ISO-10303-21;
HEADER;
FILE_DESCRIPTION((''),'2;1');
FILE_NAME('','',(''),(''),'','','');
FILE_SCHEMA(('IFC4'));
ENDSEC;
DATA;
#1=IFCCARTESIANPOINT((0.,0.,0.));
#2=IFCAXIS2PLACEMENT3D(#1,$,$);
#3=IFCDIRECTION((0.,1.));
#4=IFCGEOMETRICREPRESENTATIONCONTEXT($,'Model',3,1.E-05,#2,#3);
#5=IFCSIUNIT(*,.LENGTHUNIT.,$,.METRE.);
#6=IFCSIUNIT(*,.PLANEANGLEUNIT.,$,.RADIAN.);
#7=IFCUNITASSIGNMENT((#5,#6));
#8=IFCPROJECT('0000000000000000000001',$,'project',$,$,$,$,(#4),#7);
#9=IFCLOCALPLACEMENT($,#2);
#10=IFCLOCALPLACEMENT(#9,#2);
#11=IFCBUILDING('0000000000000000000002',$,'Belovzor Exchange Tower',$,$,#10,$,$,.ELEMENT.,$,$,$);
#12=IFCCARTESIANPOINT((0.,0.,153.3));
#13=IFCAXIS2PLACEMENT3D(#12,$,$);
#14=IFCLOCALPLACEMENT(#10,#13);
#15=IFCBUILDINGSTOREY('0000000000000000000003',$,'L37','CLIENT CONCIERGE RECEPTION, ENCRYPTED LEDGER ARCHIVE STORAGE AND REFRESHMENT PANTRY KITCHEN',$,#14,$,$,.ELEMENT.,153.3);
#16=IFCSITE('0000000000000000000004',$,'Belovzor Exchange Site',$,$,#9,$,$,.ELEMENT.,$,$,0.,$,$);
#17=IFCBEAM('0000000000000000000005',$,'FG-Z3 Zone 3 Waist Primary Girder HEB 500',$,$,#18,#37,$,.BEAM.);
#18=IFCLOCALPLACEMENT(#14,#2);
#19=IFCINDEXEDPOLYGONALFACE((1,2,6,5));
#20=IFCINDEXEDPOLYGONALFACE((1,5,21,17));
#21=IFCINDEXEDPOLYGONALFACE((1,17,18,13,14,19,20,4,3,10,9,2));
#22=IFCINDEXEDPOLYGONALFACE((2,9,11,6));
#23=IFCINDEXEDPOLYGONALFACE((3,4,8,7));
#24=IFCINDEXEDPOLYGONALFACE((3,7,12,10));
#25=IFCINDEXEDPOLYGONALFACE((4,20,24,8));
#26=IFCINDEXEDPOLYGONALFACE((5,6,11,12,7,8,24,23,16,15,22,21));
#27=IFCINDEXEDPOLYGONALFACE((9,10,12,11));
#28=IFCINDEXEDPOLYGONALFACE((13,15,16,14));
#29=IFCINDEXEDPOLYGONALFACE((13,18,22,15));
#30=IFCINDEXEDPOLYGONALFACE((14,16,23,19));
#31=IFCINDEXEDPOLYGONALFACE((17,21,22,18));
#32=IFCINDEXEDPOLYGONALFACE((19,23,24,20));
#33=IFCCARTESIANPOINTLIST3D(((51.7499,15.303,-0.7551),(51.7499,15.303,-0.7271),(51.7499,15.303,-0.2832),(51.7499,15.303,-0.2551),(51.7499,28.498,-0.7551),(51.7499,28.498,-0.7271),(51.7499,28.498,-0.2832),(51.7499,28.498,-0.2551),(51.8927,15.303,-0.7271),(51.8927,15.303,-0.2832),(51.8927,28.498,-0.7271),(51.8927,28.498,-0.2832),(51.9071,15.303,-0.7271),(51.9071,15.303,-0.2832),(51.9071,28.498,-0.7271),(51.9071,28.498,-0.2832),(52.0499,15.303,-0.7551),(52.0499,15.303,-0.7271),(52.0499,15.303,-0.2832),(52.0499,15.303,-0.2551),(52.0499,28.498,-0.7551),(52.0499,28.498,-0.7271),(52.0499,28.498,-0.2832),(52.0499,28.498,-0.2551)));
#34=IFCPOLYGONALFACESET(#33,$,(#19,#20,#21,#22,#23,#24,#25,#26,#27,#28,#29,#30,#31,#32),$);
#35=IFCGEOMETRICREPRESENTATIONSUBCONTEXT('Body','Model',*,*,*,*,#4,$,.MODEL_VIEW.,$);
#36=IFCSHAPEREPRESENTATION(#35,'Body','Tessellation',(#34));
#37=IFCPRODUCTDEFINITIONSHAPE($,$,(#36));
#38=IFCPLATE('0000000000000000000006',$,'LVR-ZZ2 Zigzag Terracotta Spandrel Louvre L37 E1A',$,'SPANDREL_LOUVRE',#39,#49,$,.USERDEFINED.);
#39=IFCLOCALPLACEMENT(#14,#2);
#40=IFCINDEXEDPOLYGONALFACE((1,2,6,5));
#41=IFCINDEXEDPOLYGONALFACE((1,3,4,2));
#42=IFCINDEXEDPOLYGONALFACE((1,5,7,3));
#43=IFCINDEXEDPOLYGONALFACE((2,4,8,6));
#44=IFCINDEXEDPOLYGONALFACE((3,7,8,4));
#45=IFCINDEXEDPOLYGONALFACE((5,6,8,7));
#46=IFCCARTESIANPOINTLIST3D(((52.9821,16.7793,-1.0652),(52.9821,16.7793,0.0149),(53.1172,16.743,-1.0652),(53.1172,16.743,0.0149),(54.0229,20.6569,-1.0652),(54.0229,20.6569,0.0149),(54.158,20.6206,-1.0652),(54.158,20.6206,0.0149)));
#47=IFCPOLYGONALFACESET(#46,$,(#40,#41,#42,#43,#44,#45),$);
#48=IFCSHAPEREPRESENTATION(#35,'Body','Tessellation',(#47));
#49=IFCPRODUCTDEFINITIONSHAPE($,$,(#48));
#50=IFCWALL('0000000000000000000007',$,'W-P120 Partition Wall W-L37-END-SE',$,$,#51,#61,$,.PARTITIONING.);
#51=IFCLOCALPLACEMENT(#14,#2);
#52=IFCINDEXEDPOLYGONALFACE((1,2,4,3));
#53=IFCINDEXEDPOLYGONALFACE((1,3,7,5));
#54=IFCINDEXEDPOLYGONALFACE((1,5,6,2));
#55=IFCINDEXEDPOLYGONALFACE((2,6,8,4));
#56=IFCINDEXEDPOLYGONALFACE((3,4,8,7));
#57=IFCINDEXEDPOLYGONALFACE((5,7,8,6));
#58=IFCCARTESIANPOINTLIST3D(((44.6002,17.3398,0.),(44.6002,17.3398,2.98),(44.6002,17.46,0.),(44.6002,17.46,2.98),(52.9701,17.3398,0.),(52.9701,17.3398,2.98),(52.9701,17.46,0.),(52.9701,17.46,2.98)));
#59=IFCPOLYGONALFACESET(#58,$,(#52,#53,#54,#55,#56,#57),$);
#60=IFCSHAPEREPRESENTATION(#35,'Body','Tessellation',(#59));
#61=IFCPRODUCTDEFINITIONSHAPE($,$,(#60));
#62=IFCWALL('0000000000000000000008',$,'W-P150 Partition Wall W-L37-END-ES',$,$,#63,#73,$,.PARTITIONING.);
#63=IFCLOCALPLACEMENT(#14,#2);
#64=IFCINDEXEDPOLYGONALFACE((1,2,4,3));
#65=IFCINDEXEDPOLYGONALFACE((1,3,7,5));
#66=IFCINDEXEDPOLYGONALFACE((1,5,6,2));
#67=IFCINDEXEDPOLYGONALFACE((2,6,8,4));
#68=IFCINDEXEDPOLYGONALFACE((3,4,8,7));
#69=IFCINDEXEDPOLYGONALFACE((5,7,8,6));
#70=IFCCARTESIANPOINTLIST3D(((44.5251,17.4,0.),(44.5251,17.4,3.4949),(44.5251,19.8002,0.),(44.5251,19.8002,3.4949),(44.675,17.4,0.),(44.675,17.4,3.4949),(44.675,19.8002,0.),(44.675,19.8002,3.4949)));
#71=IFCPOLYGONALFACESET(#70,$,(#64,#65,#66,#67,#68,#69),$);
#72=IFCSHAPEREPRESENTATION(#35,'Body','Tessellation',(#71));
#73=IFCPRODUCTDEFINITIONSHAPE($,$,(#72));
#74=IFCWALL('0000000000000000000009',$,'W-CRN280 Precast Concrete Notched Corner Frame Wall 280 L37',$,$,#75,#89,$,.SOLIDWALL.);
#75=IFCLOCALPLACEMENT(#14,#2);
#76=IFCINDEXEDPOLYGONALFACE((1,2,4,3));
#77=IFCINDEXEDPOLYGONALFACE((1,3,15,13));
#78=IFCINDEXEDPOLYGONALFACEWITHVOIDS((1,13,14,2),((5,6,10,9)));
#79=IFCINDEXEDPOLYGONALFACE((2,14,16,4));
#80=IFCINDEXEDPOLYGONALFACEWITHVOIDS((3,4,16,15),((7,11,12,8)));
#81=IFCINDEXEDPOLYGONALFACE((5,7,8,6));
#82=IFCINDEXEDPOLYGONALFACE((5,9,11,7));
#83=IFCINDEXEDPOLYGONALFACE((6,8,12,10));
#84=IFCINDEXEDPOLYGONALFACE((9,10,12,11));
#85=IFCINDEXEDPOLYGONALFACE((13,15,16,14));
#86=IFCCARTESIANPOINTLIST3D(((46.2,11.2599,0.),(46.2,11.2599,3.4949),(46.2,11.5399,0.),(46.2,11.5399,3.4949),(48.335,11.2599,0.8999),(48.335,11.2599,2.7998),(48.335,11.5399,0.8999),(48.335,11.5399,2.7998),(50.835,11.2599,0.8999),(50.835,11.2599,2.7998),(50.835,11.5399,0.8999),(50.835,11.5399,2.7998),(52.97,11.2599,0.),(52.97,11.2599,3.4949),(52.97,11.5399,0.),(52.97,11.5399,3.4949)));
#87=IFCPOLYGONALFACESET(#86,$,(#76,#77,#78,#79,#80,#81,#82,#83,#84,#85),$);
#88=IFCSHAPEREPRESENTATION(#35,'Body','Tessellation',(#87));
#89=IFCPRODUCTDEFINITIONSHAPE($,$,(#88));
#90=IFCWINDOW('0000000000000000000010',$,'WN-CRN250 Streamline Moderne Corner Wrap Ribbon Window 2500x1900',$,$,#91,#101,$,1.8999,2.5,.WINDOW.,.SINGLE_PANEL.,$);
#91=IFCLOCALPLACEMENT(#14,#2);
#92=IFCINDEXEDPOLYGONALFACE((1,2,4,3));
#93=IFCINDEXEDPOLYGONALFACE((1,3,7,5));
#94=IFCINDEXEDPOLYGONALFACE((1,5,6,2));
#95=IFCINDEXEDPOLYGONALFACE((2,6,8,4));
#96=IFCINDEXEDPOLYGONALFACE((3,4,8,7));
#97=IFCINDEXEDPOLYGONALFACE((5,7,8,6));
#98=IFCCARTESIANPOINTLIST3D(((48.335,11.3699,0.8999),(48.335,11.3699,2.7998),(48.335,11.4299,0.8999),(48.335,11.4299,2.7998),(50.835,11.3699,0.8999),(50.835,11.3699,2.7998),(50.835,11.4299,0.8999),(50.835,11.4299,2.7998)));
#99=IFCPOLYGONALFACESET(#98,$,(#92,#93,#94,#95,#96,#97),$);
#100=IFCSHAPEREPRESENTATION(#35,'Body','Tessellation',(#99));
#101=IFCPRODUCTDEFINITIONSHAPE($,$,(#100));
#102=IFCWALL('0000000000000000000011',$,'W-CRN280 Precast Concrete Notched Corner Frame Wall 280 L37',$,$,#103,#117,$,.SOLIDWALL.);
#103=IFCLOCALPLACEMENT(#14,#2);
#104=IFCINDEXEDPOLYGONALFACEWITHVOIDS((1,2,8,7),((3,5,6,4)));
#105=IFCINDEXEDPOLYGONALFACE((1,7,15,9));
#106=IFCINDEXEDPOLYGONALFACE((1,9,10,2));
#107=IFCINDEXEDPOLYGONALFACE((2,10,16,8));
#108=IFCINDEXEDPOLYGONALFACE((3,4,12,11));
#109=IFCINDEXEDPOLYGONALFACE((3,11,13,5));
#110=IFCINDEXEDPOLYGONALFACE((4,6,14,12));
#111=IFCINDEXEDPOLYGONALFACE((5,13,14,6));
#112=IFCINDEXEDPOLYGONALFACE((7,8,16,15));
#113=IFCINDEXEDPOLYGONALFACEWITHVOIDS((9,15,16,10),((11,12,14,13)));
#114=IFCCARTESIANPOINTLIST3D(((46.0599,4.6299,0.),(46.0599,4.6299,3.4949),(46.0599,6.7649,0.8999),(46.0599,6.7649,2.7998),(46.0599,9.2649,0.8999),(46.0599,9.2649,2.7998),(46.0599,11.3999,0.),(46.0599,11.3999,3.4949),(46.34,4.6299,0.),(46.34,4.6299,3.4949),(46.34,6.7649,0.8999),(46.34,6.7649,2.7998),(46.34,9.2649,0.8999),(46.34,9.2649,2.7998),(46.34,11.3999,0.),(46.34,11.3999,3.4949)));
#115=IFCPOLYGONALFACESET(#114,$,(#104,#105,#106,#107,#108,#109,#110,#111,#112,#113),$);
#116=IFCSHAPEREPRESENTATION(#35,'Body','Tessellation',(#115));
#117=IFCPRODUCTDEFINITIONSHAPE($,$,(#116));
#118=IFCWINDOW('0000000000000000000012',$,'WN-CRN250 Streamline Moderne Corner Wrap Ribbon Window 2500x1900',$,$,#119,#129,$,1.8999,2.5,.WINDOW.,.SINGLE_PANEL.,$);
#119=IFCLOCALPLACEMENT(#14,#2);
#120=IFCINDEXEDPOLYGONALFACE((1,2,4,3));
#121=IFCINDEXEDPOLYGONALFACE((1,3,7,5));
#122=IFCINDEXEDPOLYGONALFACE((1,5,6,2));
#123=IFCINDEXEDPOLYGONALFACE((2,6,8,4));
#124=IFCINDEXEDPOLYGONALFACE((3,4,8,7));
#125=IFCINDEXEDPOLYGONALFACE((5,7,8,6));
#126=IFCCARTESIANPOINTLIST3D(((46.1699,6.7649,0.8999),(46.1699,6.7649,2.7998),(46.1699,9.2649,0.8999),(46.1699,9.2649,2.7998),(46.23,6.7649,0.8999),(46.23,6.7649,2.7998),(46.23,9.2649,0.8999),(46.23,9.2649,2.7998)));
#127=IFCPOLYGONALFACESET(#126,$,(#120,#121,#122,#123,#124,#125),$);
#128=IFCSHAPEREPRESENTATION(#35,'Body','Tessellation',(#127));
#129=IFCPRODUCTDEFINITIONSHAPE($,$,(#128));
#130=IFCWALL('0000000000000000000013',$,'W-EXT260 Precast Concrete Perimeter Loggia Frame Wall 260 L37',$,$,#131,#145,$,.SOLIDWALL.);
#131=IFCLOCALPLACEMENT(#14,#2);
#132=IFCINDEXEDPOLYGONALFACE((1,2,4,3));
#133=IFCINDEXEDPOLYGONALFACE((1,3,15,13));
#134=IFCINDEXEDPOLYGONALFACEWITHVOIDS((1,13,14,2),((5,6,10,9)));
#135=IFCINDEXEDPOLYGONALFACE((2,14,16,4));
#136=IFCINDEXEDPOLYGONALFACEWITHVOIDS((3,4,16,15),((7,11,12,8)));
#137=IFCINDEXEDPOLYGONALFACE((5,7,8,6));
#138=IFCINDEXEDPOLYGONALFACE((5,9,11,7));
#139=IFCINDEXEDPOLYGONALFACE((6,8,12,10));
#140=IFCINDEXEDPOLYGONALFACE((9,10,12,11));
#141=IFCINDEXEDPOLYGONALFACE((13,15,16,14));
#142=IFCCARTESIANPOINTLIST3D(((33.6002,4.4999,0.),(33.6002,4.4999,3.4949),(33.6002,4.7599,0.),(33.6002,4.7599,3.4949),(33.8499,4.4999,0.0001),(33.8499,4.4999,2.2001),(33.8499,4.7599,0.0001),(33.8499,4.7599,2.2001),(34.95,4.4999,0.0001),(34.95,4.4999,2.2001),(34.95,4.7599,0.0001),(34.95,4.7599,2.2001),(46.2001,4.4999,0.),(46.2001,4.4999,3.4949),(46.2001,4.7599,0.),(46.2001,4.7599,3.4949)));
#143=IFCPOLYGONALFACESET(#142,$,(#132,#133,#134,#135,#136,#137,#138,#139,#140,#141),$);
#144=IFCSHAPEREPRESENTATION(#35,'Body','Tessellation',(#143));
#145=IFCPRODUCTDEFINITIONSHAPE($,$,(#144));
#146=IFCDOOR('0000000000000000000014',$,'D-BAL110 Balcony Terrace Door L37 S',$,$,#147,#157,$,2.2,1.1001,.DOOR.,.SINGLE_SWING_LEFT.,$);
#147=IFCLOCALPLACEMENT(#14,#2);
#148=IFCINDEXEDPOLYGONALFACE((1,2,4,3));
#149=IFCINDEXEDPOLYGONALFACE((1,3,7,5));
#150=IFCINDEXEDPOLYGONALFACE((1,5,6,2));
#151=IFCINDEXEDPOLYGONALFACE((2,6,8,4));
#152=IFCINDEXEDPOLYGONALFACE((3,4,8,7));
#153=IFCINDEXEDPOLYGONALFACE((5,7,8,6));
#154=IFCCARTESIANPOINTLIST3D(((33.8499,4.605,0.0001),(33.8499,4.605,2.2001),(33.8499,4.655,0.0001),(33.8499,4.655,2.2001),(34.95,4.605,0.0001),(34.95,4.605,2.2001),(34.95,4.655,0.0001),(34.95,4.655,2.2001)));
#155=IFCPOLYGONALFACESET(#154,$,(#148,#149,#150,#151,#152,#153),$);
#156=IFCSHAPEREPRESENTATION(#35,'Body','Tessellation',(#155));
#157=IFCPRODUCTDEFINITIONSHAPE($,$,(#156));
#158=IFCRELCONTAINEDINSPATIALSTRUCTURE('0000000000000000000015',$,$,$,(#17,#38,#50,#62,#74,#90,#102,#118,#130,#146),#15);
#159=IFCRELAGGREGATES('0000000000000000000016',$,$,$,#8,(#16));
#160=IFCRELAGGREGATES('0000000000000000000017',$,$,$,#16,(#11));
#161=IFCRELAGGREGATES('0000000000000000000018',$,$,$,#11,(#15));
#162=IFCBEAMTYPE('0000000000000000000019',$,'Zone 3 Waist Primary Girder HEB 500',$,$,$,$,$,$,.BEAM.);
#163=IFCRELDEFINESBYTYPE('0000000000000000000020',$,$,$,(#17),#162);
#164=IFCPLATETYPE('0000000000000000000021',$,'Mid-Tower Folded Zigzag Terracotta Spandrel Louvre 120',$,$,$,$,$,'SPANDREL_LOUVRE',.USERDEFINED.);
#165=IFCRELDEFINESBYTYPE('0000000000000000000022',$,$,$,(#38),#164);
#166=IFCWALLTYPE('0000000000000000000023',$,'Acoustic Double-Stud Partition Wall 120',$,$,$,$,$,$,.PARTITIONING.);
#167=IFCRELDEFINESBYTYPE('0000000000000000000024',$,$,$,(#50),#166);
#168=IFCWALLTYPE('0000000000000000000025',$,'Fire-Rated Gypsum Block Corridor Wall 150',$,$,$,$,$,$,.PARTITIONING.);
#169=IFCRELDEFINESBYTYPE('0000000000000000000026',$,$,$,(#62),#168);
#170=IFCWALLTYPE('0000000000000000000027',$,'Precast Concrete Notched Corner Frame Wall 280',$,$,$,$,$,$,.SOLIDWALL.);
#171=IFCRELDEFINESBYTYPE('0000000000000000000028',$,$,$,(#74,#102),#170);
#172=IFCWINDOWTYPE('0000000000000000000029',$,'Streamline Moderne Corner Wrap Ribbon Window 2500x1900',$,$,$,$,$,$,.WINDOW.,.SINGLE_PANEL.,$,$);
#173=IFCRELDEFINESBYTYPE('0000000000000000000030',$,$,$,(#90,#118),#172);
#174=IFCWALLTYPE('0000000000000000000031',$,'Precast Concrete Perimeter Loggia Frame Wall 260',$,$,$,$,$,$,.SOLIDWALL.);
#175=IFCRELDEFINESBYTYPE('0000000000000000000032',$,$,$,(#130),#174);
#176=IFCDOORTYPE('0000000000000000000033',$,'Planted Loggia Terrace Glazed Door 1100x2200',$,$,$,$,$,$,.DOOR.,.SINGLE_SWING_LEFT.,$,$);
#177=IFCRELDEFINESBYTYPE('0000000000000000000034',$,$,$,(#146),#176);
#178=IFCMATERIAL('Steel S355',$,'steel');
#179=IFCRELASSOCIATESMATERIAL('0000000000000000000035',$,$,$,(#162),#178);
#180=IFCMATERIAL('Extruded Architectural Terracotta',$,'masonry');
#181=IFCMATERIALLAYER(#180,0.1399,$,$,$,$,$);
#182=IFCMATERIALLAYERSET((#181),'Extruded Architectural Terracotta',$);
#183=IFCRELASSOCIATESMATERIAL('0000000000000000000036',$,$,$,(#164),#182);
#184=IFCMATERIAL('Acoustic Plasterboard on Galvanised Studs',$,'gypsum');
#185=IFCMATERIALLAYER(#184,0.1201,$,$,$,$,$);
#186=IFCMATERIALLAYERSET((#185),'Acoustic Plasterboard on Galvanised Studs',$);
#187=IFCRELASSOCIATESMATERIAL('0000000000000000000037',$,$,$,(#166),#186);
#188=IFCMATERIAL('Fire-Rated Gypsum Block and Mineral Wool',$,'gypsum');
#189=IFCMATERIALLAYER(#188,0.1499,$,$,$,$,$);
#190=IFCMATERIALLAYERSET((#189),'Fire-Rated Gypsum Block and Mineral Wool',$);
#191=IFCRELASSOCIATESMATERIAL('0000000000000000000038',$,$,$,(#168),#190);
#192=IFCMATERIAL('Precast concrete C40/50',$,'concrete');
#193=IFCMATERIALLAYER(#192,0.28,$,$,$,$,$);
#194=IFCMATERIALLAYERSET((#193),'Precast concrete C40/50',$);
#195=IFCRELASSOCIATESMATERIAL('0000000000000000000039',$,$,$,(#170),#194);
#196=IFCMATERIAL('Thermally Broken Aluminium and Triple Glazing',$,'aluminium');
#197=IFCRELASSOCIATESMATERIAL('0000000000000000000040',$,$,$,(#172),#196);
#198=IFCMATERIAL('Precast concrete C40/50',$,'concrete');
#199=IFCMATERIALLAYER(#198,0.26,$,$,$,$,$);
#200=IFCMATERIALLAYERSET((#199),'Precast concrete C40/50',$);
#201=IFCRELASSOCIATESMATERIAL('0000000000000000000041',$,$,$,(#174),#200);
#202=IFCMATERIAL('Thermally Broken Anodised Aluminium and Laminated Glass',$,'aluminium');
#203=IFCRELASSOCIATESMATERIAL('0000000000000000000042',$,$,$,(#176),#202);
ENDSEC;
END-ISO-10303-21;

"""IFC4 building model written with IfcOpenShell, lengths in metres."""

from ifc_helpers import new_model, si_unit, direction, frame, frame_2d, origin, origin_2d, place, context, subcontext, project, spatial, rectangle, i_section, extrude, material, layer, layer_set, material_profile, profile_set, type_object, element, fill, save


model = new_model("IFC4")

# Units and contexts
model_context = context("Model", 3, precision=1e-05, world=origin(), true_north=direction((0.0, 1.0)))
body_context = subcontext(model_context, "Body", "Model", "MODEL_VIEW")
ifc_project = project(units=[si_unit("LENGTHUNIT", "METRE"), si_unit("PLANEANGLEUNIT", "RADIAN")], contexts=[model_context])

# Site, building, storey
site_placement = place(None, origin())
site = spatial("IfcSite", under=ifc_project, at=site_placement, Name="Belovzor Exchange Site", CompositionType="ELEMENT", RefElevation=0.0)
building_placement = place(site_placement, origin())
building = spatial("IfcBuilding", under=site, at=building_placement, Name="Belovzor Exchange Tower", CompositionType="ELEMENT")
storey_placement = place(building_placement, frame((0.0, 0.0, 153.3)))
storey = spatial("IfcBuildingStorey", under=building, at=storey_placement, Name="L37", Description="CLIENT CONCIERGE RECEPTION, ENCRYPTED LEDGER ARCHIVE STORAGE AND REFRESHMENT PANTRY KITCHEN", CompositionType="ELEMENT", Elevation=153.3)

# Beam
ifc_material_1 = material(Name="Steel S355", Category="steel")
ifc_material_profile_1 = material_profile(ifc_material_1, i_section(OverallWidth=0.3, OverallDepth=0.5, WebThickness=0.0144, FlangeThickness=0.0281, at=origin_2d()))
ifc_profile_set_1 = profile_set([ifc_material_profile_1], Name="Steel S355")
beam_type_1 = type_object("IfcBeamType", Name="Zone 3 Waist Primary Girder HEB 500", PredefinedType="BEAM", material=ifc_profile_set_1)
beam_1_placement = place(storey_placement, frame((51.8999, 15.303, -0.5051), z_axis=(0.0, 1.0, 0.0), x_axis=(-1.0, 0.0, 0.0)))
element("IfcBeam", 1, at=beam_1_placement, inside=storey, type_object=beam_type_1, Name="FG-Z3 Zone 3 Waist Primary Girder HEB 500", PredefinedType="BEAM", context=body_context, shape_type="SweptSolid", body=[
    extrude(i_section(OverallWidth=0.3, OverallDepth=0.5, WebThickness=0.0144, FlangeThickness=0.0281, at=origin_2d()), origin(), (0.0, 0.0, 1.0), 13.1951),
])

# Plate
ifc_material_2 = material(Name="Extruded Architectural Terracotta", Category="masonry")
ifc_layer_1 = layer(ifc_material_2, 0.1399)
ifc_layer_set_1 = layer_set([ifc_layer_1], Name="Extruded Architectural Terracotta")
plate_type = type_object("IfcPlateType", Name="Mid-Tower Folded Zigzag Terracotta Spandrel Louvre 120", ElementType="SPANDREL_LOUVRE", PredefinedType="USERDEFINED", material=ifc_layer_set_1)
plate_placement = place(storey_placement, frame((53.5701, 18.7, -1.0652), z_axis=(0.0, 0.0, 1.0), x_axis=(0.25924, 0.965813, 0.0)))
element("IfcPlate", 2, at=plate_placement, inside=storey, type_object=plate_type, Name="LVR-ZZ2 Zigzag Terracotta Spandrel Louvre L37 E1A", ObjectType="SPANDREL_LOUVRE", PredefinedType="USERDEFINED", context=body_context, shape_type="SweptSolid", body=[
    extrude(rectangle(XDim=4.0149, YDim=0.1399, at=origin_2d()), origin(), (0.0, 0.0, 1.0), 1.0801),
])

# Walls
ifc_material_3 = material(Name="Acoustic Plasterboard on Galvanised Studs", Category="gypsum")
ifc_layer_2 = layer(ifc_material_3, 0.1201)
ifc_layer_set_2 = layer_set([ifc_layer_2], Name="Acoustic Plasterboard on Galvanised Studs")
wall_type_1 = type_object("IfcWallType", Name="Acoustic Double-Stud Partition Wall 120", PredefinedType="PARTITIONING", material=ifc_layer_set_2)
wall_1_placement = place(storey_placement, frame((44.6001, 17.3999, 0.0), z_axis=(0.0, 0.0, 1.0), x_axis=(1.0, 0.0, 0.0)))
element("IfcWall", 3, at=wall_1_placement, inside=storey, type_object=wall_type_1, Name="W-P120 Partition Wall W-L37-END-SE", PredefinedType="PARTITIONING", context=body_context, shape_type="SweptSolid", body=[
    extrude(rectangle(XDim=8.3699, YDim=0.1201, at=frame_2d((4.1851, 0.0))), origin(), (0.0, 0.0, 1.0), 2.98),
])
ifc_material_4 = material(Name="Fire-Rated Gypsum Block and Mineral Wool", Category="gypsum")
ifc_layer_3 = layer(ifc_material_4, 0.1499)
ifc_layer_set_3 = layer_set([ifc_layer_3], Name="Fire-Rated Gypsum Block and Mineral Wool")
wall_type_2 = type_object("IfcWallType", Name="Fire-Rated Gypsum Block Corridor Wall 150", PredefinedType="PARTITIONING", material=ifc_layer_set_3)
wall_2_placement = place(storey_placement, frame((44.6001, 17.3999, 0.0), z_axis=(0.0, 0.0, 1.0), x_axis=(0.0, 1.0, 0.0)))
element("IfcWall", 4, at=wall_2_placement, inside=storey, type_object=wall_type_2, Name="W-P150 Partition Wall W-L37-END-ES", PredefinedType="PARTITIONING", context=body_context, shape_type="SweptSolid", body=[
    extrude(rectangle(XDim=2.4001, YDim=0.1499, at=frame_2d((1.2002, 0.0))), origin(), (0.0, 0.0, 1.0), 3.4949),
])

# Walls, openings, windows
ifc_material_5 = material(Name="Precast concrete C40/50", Category="concrete")
ifc_layer_4 = layer(ifc_material_5, 0.28)
ifc_layer_set_4 = layer_set([ifc_layer_4], Name="Precast concrete C40/50")
wall_type_3 = type_object("IfcWallType", Name="Precast Concrete Notched Corner Frame Wall 280", PredefinedType="SOLIDWALL", material=ifc_layer_set_4)
wall_3_placement = place(storey_placement, frame((52.97, 11.3999, 0.0), z_axis=(0.0, 0.0, 1.0), x_axis=(-1.0, 0.0, 0.0)))
wall_3 = element("IfcWall", 5, at=wall_3_placement, inside=storey, type_object=wall_type_3, Name="W-CRN280 Precast Concrete Notched Corner Frame Wall 280 L37", PredefinedType="SOLIDWALL", context=body_context, shape_type="SweptSolid", body=[
    extrude(rectangle(XDim=6.77, YDim=0.28, at=frame_2d((3.385, 0.0))), origin(), (0.0, 0.0, 1.0), 3.4949),
])
opening_1_placement = place(wall_3_placement, frame((2.135, 0.0, 0.8999)))
opening_1 = element("IfcOpeningElement", 6, at=opening_1_placement, cuts=wall_3, PredefinedType="OPENING", context=body_context, shape_type="SweptSolid", body=[
    extrude(rectangle(XDim=2.5, YDim=1.8999, at=frame_2d((1.25, 0.95))), frame((0.0, 0.1499, 0.0), z_axis=(0.0, -1.0, 0.0), x_axis=(1.0, 0.0, 0.0)), (0.0, 0.0, 1.0), 0.3),
])
ifc_material_6 = material(Name="Thermally Broken Aluminium and Triple Glazing", Category="aluminium")
window_type = type_object("IfcWindowType", Name="Streamline Moderne Corner Wrap Ribbon Window 2500x1900", PartitioningType="SINGLE_PANEL", PredefinedType="WINDOW", material=ifc_material_6)
window_1_placement = place(opening_1_placement, origin())
window_1 = element("IfcWindow", 7, at=window_1_placement, inside=storey, type_object=window_type, Name="WN-CRN250 Streamline Moderne Corner Wrap Ribbon Window 2500x1900", OverallHeight=1.8999, OverallWidth=2.5, PartitioningType="SINGLE_PANEL", PredefinedType="WINDOW", context=body_context, shape_type="SweptSolid", body=[
    extrude(rectangle(XDim=2.5, YDim=1.8999, at=frame_2d((1.25, 0.95))), frame((0.0, 0.03, 0.0), z_axis=(0.0, -1.0, 0.0), x_axis=(1.0, 0.0, 0.0)), (0.0, 0.0, 1.0), 0.0601),
])
fill(opening_1, window_1)
wall_4_placement = place(storey_placement, frame((46.2, 11.3999, 0.0), z_axis=(0.0, 0.0, 1.0), x_axis=(0.0, -1.0, 0.0)))
wall_4 = element("IfcWall", 8, at=wall_4_placement, inside=storey, type_object=wall_type_3, Name="W-CRN280 Precast Concrete Notched Corner Frame Wall 280 L37", PredefinedType="SOLIDWALL", context=body_context, shape_type="SweptSolid", body=[
    extrude(rectangle(XDim=6.77, YDim=0.28, at=frame_2d((3.385, 0.0))), origin(), (0.0, 0.0, 1.0), 3.4949),
])
opening_2_placement = place(wall_4_placement, frame((2.135, 0.0, 0.8999)))
opening_2 = element("IfcOpeningElement", 9, at=opening_2_placement, cuts=wall_4, PredefinedType="OPENING", context=body_context, shape_type="SweptSolid", body=[
    extrude(rectangle(XDim=2.5, YDim=1.8999, at=frame_2d((1.25, 0.95))), frame((0.0, 0.1499, 0.0), z_axis=(0.0, -1.0, 0.0), x_axis=(1.0, 0.0, 0.0)), (0.0, 0.0, 1.0), 0.3),
])
window_2_placement = place(opening_2_placement, origin())
window_2 = element("IfcWindow", 10, at=window_2_placement, inside=storey, type_object=window_type, Name="WN-CRN250 Streamline Moderne Corner Wrap Ribbon Window 2500x1900", OverallHeight=1.8999, OverallWidth=2.5, PartitioningType="SINGLE_PANEL", PredefinedType="WINDOW", context=body_context, shape_type="SweptSolid", body=[
    extrude(rectangle(XDim=2.5, YDim=1.8999, at=frame_2d((1.25, 0.95))), frame((0.0, 0.03, 0.0), z_axis=(0.0, -1.0, 0.0), x_axis=(1.0, 0.0, 0.0)), (0.0, 0.0, 1.0), 0.0601),
])
fill(opening_2, window_2)

# Wall, opening, door
ifc_material_7 = material(Name="Precast concrete C40/50", Category="concrete")
ifc_layer_5 = layer(ifc_material_7, 0.26)
ifc_layer_set_5 = layer_set([ifc_layer_5], Name="Precast concrete C40/50")
wall_type_4 = type_object("IfcWallType", Name="Precast Concrete Perimeter Loggia Frame Wall 260", PredefinedType="SOLIDWALL", material=ifc_layer_set_5)
wall_5_placement = place(storey_placement, frame((46.2, 4.6299, 0.0), z_axis=(0.0, 0.0, 1.0), x_axis=(-1.0, 0.0, 0.0)))
wall_5 = element("IfcWall", 11, at=wall_5_placement, inside=storey, type_object=wall_type_4, Name="W-EXT260 Precast Concrete Perimeter Loggia Frame Wall 260 L37", PredefinedType="SOLIDWALL", context=body_context, shape_type="SweptSolid", body=[
    extrude(rectangle(XDim=12.5999, YDim=0.26, at=frame_2d((6.2998, 0.0))), origin(), (0.0, 0.0, 1.0), 3.4949),
])
opening_3_placement = place(wall_5_placement, frame((11.25, 0.0, 0.0)))
opening_3 = element("IfcOpeningElement", 12, at=opening_3_placement, cuts=wall_5, PredefinedType="OPENING", context=body_context, shape_type="SweptSolid", body=[
    extrude(rectangle(XDim=1.1001, YDim=2.2, at=frame_2d((0.55, 1.1001))), frame((0.0, 0.1399, 0.0), z_axis=(0.0, -1.0, 0.0), x_axis=(1.0, 0.0, 0.0)), (0.0, 0.0, 1.0), 0.28),
])
ifc_material_8 = material(Name="Thermally Broken Anodised Aluminium and Laminated Glass", Category="aluminium")
door_type = type_object("IfcDoorType", Name="Planted Loggia Terrace Glazed Door 1100x2200", OperationType="SINGLE_SWING_LEFT", PredefinedType="DOOR", material=ifc_material_8)
door_placement = place(opening_3_placement, origin())
door = element("IfcDoor", 13, at=door_placement, inside=storey, type_object=door_type, Name="D-BAL110 Balcony Terrace Door L37 S", OperationType="SINGLE_SWING_LEFT", OverallHeight=2.2, OverallWidth=1.1001, PredefinedType="DOOR", context=body_context, shape_type="SweptSolid", body=[
    extrude(rectangle(XDim=1.1001, YDim=2.2, at=frame_2d((0.55, 1.1001))), frame((0.0, 0.0249, 0.0), z_axis=(0.0, -1.0, 0.0), x_axis=(1.0, 0.0, 0.0)), (0.0, 0.0, 1.0), 0.05),
])
fill(opening_3, door)

save(model, "model.ifc")
